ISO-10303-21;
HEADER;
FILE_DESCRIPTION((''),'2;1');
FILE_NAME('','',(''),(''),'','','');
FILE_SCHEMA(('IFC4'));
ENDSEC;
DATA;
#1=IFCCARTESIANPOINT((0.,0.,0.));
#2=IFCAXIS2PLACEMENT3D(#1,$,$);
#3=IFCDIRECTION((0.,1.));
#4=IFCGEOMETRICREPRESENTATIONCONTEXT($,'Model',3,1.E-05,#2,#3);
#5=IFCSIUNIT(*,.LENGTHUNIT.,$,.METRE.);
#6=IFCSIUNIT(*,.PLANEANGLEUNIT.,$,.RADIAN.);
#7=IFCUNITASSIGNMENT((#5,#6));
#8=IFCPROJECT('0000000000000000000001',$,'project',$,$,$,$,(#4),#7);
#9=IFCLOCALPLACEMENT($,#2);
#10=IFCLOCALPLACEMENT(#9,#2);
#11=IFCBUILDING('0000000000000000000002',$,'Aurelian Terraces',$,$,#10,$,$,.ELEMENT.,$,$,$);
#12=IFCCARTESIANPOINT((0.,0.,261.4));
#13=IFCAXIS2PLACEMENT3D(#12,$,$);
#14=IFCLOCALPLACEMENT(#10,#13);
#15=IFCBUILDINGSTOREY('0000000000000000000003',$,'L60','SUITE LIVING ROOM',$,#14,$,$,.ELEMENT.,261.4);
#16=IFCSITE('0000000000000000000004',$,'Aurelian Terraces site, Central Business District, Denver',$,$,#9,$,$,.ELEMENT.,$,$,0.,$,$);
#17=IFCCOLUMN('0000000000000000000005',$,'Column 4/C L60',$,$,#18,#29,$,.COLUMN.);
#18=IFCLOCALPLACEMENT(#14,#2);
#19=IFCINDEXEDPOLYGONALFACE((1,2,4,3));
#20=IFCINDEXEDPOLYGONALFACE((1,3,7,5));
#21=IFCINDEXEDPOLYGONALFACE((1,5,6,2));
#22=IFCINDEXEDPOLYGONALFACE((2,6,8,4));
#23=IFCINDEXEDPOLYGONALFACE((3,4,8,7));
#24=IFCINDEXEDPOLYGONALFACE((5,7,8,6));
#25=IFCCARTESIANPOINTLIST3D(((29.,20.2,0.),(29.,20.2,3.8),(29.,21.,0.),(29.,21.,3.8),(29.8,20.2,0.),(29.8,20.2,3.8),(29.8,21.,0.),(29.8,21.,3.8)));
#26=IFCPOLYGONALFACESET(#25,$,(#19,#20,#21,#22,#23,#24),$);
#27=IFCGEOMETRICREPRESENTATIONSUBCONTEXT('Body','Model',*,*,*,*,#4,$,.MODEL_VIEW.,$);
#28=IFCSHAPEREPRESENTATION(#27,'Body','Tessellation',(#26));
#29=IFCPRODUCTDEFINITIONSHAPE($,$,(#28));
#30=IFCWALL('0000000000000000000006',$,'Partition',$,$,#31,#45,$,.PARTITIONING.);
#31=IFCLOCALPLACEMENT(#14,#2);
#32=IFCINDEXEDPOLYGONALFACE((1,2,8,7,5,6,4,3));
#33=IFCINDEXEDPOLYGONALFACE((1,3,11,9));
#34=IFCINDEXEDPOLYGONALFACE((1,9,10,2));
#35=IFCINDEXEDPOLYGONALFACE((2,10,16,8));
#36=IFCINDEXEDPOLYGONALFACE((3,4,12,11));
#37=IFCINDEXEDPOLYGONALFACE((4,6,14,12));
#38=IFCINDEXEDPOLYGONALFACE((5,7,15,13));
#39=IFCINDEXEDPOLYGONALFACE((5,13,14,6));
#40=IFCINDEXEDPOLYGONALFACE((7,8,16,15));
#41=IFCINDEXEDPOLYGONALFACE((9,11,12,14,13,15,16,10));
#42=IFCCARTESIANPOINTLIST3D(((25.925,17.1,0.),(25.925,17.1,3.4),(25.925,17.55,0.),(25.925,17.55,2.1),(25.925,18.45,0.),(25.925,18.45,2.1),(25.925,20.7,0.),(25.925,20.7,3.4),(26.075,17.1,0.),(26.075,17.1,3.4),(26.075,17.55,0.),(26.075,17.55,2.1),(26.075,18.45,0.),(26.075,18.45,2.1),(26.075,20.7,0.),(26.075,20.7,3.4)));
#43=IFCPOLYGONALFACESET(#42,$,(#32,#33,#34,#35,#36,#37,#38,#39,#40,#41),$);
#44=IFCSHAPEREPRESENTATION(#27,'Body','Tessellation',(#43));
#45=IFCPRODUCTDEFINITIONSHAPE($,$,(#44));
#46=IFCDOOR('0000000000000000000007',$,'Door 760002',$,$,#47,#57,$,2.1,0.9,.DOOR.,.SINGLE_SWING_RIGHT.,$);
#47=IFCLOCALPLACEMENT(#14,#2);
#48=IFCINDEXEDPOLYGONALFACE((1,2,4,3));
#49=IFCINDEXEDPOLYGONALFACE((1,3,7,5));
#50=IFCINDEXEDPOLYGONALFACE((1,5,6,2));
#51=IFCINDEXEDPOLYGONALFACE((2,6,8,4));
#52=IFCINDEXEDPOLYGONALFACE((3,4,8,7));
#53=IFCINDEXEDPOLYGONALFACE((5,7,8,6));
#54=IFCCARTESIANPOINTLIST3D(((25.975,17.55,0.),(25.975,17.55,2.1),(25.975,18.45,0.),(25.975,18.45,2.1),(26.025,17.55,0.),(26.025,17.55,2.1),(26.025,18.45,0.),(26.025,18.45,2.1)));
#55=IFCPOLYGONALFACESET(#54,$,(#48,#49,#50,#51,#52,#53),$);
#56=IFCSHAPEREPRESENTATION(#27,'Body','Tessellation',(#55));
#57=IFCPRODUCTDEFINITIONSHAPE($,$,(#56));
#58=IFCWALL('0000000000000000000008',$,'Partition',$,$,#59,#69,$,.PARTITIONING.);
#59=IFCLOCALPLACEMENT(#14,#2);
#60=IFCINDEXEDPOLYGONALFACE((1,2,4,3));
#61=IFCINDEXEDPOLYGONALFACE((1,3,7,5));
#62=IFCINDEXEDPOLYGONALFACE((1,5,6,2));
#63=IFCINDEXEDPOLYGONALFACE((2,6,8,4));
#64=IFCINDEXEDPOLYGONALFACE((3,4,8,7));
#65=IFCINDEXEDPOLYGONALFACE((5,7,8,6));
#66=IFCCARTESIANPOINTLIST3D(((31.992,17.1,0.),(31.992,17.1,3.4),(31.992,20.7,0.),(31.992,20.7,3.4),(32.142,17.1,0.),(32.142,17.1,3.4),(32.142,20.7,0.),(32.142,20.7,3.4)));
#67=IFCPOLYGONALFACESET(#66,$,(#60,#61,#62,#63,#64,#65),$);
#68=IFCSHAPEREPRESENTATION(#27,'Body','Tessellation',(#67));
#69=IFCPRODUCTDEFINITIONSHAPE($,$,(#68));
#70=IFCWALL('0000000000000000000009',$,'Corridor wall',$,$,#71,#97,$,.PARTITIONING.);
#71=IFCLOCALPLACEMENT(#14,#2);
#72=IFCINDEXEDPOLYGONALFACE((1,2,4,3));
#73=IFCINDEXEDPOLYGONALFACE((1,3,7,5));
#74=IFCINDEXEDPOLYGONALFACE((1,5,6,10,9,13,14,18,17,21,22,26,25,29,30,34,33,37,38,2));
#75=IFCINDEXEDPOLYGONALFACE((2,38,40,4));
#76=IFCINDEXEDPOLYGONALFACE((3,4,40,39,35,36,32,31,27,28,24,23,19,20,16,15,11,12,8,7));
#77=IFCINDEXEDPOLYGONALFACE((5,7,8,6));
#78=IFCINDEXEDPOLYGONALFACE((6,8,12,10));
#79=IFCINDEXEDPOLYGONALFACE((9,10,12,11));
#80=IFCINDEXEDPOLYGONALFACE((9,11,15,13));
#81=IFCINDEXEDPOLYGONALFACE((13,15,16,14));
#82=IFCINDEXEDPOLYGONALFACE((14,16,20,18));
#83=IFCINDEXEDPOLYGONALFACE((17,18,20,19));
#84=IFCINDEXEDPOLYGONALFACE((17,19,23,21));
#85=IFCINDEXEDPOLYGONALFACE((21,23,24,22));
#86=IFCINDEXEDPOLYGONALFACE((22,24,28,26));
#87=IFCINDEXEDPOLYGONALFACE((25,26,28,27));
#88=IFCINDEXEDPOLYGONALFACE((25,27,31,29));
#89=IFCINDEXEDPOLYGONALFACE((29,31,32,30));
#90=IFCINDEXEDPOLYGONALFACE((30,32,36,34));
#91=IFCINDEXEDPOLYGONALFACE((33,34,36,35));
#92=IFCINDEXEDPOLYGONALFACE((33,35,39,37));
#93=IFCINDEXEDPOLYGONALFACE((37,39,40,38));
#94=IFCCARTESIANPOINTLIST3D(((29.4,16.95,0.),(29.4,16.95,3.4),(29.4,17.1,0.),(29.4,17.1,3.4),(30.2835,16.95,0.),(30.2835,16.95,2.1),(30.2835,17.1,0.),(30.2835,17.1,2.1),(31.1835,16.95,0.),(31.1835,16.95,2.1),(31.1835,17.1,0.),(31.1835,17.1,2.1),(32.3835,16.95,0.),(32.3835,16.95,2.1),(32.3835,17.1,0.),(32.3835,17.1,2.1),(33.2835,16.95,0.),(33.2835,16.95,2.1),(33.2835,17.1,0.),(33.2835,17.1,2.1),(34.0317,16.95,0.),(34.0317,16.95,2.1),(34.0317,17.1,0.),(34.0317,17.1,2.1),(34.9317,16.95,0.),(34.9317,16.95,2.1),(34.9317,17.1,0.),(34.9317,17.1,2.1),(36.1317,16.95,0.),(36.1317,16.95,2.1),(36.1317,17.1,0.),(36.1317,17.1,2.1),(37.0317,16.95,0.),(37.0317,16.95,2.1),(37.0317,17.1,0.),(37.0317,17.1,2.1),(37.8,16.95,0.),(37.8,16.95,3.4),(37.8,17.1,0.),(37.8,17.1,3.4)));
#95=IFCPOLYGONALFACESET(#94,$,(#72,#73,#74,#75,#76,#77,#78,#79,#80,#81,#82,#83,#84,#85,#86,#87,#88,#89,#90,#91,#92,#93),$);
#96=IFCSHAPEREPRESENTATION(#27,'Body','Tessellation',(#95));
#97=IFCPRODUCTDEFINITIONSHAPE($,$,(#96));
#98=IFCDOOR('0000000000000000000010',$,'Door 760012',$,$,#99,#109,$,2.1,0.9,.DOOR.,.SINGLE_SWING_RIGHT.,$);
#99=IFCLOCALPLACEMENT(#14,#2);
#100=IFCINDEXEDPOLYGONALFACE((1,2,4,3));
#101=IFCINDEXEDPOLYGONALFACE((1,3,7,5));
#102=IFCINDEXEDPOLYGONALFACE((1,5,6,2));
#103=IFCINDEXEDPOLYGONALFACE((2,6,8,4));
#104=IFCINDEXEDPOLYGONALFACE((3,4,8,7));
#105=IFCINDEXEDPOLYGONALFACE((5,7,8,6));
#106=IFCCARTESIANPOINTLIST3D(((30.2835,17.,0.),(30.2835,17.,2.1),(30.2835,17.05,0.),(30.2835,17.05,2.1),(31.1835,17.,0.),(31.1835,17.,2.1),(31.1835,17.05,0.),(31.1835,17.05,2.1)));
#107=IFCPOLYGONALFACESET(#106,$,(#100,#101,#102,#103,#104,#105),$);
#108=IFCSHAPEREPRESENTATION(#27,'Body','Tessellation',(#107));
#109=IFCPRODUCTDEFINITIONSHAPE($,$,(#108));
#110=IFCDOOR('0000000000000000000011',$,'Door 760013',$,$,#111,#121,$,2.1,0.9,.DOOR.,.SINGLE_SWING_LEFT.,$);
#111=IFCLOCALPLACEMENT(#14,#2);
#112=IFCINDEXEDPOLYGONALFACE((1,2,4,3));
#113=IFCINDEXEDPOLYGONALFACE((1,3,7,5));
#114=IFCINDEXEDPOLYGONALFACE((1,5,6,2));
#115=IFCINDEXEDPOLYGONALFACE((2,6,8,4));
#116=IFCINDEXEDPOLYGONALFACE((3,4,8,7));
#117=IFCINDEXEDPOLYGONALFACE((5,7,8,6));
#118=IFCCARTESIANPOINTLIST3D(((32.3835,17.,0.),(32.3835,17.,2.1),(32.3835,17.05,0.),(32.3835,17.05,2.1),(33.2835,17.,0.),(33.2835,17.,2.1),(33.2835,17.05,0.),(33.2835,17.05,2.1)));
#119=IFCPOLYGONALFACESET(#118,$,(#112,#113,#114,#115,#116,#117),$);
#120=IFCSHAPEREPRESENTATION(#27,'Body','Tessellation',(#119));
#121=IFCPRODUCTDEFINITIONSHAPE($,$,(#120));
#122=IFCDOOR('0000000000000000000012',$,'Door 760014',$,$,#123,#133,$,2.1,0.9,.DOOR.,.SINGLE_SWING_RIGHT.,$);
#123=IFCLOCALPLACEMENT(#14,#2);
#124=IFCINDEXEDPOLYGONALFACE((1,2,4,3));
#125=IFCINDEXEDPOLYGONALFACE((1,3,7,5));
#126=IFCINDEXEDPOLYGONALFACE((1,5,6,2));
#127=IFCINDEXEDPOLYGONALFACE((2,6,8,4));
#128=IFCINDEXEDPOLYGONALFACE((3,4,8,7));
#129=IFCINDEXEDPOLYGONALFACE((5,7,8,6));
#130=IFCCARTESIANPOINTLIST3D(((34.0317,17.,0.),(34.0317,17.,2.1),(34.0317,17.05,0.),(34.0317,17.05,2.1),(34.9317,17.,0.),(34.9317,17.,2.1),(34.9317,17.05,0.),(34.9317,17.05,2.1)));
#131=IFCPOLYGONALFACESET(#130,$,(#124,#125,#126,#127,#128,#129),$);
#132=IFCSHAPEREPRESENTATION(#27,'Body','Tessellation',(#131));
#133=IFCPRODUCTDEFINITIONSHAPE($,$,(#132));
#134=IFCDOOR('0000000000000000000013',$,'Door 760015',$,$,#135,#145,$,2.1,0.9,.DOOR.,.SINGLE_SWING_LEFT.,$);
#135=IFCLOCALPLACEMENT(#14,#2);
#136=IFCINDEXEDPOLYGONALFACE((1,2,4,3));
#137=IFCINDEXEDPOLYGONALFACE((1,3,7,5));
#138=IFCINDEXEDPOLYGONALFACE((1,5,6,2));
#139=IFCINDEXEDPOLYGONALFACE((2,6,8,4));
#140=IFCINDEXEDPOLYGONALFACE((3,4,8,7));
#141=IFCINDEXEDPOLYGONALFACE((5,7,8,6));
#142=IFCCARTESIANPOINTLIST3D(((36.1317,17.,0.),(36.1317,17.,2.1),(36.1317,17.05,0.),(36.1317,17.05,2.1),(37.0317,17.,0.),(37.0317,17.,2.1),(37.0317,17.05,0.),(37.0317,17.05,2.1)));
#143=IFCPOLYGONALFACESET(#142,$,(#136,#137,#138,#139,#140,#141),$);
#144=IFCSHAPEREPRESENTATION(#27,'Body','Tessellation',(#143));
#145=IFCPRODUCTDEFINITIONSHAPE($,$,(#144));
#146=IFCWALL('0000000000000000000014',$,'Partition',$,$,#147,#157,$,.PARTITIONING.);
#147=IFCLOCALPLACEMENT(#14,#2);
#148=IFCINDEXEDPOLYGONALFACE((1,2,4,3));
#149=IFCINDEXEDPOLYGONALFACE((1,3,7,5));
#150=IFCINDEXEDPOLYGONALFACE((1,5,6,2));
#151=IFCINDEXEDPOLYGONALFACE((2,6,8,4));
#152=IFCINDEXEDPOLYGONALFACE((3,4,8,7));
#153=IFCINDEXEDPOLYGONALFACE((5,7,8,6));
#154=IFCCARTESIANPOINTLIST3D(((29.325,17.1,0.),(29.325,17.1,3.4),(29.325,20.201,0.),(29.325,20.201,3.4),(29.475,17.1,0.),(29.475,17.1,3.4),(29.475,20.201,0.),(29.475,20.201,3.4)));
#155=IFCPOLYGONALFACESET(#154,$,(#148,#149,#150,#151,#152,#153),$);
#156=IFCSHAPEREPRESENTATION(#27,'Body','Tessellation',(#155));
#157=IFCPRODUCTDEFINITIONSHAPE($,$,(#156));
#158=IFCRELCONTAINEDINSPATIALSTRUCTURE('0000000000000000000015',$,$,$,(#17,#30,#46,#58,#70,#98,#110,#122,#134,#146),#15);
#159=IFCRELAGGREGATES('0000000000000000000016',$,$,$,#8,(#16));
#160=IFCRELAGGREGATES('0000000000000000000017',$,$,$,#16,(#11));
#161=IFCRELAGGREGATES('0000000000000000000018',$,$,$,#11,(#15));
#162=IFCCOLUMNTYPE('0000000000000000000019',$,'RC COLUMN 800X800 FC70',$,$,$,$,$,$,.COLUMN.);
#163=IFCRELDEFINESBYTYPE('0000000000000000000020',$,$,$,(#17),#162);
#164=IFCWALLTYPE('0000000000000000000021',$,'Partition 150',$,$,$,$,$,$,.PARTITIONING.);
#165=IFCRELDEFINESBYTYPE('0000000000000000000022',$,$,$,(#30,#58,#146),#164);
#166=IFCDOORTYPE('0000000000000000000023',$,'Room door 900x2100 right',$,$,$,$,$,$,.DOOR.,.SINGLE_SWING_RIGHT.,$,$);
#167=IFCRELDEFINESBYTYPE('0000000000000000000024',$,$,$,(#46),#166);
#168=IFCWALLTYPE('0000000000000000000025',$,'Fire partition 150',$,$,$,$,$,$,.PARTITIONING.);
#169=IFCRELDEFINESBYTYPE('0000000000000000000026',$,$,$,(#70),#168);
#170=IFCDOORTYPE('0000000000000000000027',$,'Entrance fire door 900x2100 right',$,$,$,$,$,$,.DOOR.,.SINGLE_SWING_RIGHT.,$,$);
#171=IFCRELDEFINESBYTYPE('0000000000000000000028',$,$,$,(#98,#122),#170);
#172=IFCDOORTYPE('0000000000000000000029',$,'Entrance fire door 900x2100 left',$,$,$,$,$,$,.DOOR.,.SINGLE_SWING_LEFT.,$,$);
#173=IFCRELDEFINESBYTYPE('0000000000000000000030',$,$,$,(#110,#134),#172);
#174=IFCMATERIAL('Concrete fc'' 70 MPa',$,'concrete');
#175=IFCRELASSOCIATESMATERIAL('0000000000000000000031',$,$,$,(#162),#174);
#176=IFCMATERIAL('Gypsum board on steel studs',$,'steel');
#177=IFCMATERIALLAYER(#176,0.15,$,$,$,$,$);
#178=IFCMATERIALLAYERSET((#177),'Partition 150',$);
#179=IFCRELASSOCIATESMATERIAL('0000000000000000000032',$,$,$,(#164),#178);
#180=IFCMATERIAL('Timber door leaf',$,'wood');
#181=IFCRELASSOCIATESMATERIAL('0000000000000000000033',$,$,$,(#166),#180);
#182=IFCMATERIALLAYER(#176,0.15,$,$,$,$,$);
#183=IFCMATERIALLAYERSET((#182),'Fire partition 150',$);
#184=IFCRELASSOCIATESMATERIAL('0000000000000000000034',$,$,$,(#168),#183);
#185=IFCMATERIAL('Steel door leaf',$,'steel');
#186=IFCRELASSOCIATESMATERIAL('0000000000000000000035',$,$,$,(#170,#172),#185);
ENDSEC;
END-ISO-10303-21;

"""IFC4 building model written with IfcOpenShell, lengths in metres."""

from ifc_helpers import new_model, si_unit, direction, frame, frame_2d, origin, origin_2d, place, context, subcontext, project, spatial, rectangle, extrude, source, transform, mapped, material, layer, layer_set, material_profile, profile_set, type_object, element, fill, save


model = new_model("IFC4")

# Units and contexts
model_context = context("Model", 3, precision=1e-05, world=origin(), true_north=direction((0.0, 1.0)))
body_context = subcontext(model_context, "Body", "Model", "MODEL_VIEW")
ifc_project = project(units=[si_unit("LENGTHUNIT", "METRE"), si_unit("PLANEANGLEUNIT", "RADIAN")], contexts=[model_context])

# Site, building, storey
site_placement = place(None, origin())
site = spatial("IfcSite", under=ifc_project, at=site_placement, Name="Aurelian Terraces site, Central Business District, Denver", CompositionType="ELEMENT", RefElevation=0.0)
building_placement = place(site_placement, origin())
building = spatial("IfcBuilding", under=site, at=building_placement, Name="Aurelian Terraces", CompositionType="ELEMENT")
storey_placement = place(building_placement, frame((0.0, 0.0, 261.4)))
storey = spatial("IfcBuildingStorey", under=building, at=storey_placement, Name="L60", Description="SUITE LIVING ROOM", CompositionType="ELEMENT", Elevation=261.4)

# Column
ifc_material_1 = material(Name="Concrete fc' 70 MPa", Category="concrete")
ifc_material_profile = material_profile(ifc_material_1, rectangle(XDim=0.8, YDim=0.8, at=origin_2d()))
ifc_profile_set = profile_set([ifc_material_profile], Name="Concrete fc' 70 MPa")
column_type = type_object("IfcColumnType", Name="RC COLUMN 800X800 FC70", PredefinedType="COLUMN", material=ifc_profile_set)
shared_shape_1 = source(origin(), body_context, "Body", "SweptSolid", [
    extrude(rectangle(XDim=0.8, YDim=0.8, at=origin_2d()), origin(), (0.0, 0.0, 1.0), 3.8),
])
column_placement = place(storey_placement, frame((29.4, 20.6, 0.0), z_axis=(0.0, 0.0, 1.0), x_axis=(1.0, 0.0, 0.0)))
element("IfcColumn", 1, at=column_placement, inside=storey, type_object=column_type, Name="Column 4/C L60", PredefinedType="COLUMN", context=body_context, shape_type="MappedRepresentation", body=[
    mapped(shared_shape_1, transform((0.0, 0.0, 0.0), scale=1.0)),
])

# Wall, opening, door
ifc_material_2 = material(Name="Gypsum board on steel studs", Category="steel")
ifc_layer_1 = layer(ifc_material_2, 0.15)
ifc_layer_set_1 = layer_set([ifc_layer_1], Name="Partition 150")
wall_type_1 = type_object("IfcWallType", Name="Partition 150", PredefinedType="PARTITIONING", material=ifc_layer_set_1)
shared_shape_2 = source(origin(), body_context, "Body", "SweptSolid", [
    extrude(rectangle(XDim=3.6, YDim=0.15, at=frame_2d((1.8, 0.0))), origin(), (0.0, 0.0, 1.0), 3.4),
])
wall_1_placement = place(storey_placement, frame((26.0, 20.7, 0.0), z_axis=(0.0, 0.0, 1.0), x_axis=(0.0, -1.0, 0.0)))
wall_1 = element("IfcWall", 2, at=wall_1_placement, inside=storey, type_object=wall_type_1, Name="Partition", PredefinedType="PARTITIONING", context=body_context, shape_type="MappedRepresentation", body=[
    mapped(shared_shape_2, transform((0.0, 0.0, 0.0), scale=1.0)),
])
shared_shape_3 = source(origin(), body_context, "Body", "SweptSolid", [
    extrude(rectangle(XDim=0.9, YDim=2.1, at=frame_2d((0.45, 1.05))), frame((0.0, 0.085, 0.0), z_axis=(0.0, -1.0, 0.0), x_axis=(1.0, 0.0, 0.0)), (0.0, 0.0, 1.0), 0.17),
])
opening_1_placement = place(wall_1_placement, frame((2.25, 0.0, 0.0)))
opening_1 = element("IfcOpeningElement", 3, at=opening_1_placement, cuts=wall_1, PredefinedType="OPENING", context=body_context, shape_type="MappedRepresentation", body=[
    mapped(shared_shape_3, transform((0.0, 0.0, 0.0), scale=1.0)),
])
ifc_material_3 = material(Name="Timber door leaf", Category="wood")
door_type_1 = type_object("IfcDoorType", Name="Room door 900x2100 right", OperationType="SINGLE_SWING_RIGHT", PredefinedType="DOOR", material=ifc_material_3)
shared_shape_4 = source(origin(), body_context, "Body", "SweptSolid", [
    extrude(rectangle(XDim=0.9, YDim=2.1, at=frame_2d((0.45, 1.05))), frame((0.0, 0.025, 0.0), z_axis=(0.0, -1.0, 0.0), x_axis=(1.0, 0.0, 0.0)), (0.0, 0.0, 1.0), 0.05),
])
door_1_placement = place(opening_1_placement, origin())
door_1 = element("IfcDoor", 4, at=door_1_placement, inside=storey, type_object=door_type_1, Name="Door 760002", OperationType="SINGLE_SWING_RIGHT", OverallHeight=2.1, OverallWidth=0.9, PredefinedType="DOOR", context=body_context, shape_type="MappedRepresentation", body=[
    mapped(shared_shape_4, transform((0.0, 0.0, 0.0), scale=1.0)),
])
fill(opening_1, door_1)

# Wall
wall_2_placement = place(storey_placement, frame((32.067, 20.7, 0.0), z_axis=(0.0, 0.0, 1.0), x_axis=(0.0, -1.0, 0.0)))
element("IfcWall", 5, at=wall_2_placement, inside=storey, type_object=wall_type_1, Name="Partition", PredefinedType="PARTITIONING", context=body_context, shape_type="MappedRepresentation", body=[
    mapped(shared_shape_2, transform((0.0, 0.0, 0.0), scale=1.0)),
])

# Wall, openings, doors
ifc_layer_2 = layer(ifc_material_2, 0.15)
ifc_layer_set_2 = layer_set([ifc_layer_2], Name="Fire partition 150")
wall_type_2 = type_object("IfcWallType", Name="Fire partition 150", PredefinedType="PARTITIONING", material=ifc_layer_set_2)
shared_shape_5 = source(origin(), body_context, "Body", "SweptSolid", [
    extrude(rectangle(XDim=8.4, YDim=0.15, at=frame_2d((4.2, 0.0))), origin(), (0.0, 0.0, 1.0), 3.4),
])
wall_3_placement = place(storey_placement, frame((29.4, 17.025, 0.0), z_axis=(0.0, 0.0, 1.0), x_axis=(1.0, 0.0, 0.0)))
wall_3 = element("IfcWall", 6, at=wall_3_placement, inside=storey, type_object=wall_type_2, Name="Corridor wall", PredefinedType="PARTITIONING", context=body_context, shape_type="MappedRepresentation", body=[
    mapped(shared_shape_5, transform((0.0, 0.0, 0.0), scale=1.0)),
])
opening_2_placement = place(wall_3_placement, frame((0.8835, 0.0, 0.0)))
opening_2 = element("IfcOpeningElement", 7, at=opening_2_placement, cuts=wall_3, PredefinedType="OPENING", context=body_context, shape_type="MappedRepresentation", body=[
    mapped(shared_shape_3, transform((0.0, 0.0, 0.0), scale=1.0)),
])
opening_3_placement = place(wall_3_placement, frame((2.9835, 0.0, 0.0)))
opening_3 = element("IfcOpeningElement", 8, at=opening_3_placement, cuts=wall_3, PredefinedType="OPENING", context=body_context, shape_type="MappedRepresentation", body=[
    mapped(shared_shape_3, transform((0.0, 0.0, 0.0), scale=1.0)),
])
opening_4_placement = place(wall_3_placement, frame((4.6317, 0.0, 0.0)))
opening_4 = element("IfcOpeningElement", 9, at=opening_4_placement, cuts=wall_3, PredefinedType="OPENING", context=body_context, shape_type="MappedRepresentation", body=[
    mapped(shared_shape_3, transform((0.0, 0.0, 0.0), scale=1.0)),
])
opening_5_placement = place(wall_3_placement, frame((6.7317, 0.0, 0.0)))
opening_5 = element("IfcOpeningElement", 10, at=opening_5_placement, cuts=wall_3, PredefinedType="OPENING", context=body_context, shape_type="MappedRepresentation", body=[
    mapped(shared_shape_3, transform((0.0, 0.0, 0.0), scale=1.0)),
])
ifc_material_4 = material(Name="Steel door leaf", Category="steel")
door_type_2 = type_object("IfcDoorType", Name="Entrance fire door 900x2100 right", OperationType="SINGLE_SWING_RIGHT", PredefinedType="DOOR", material=ifc_material_4)
door_2_placement = place(opening_2_placement, origin())
door_2 = element("IfcDoor", 11, at=door_2_placement, inside=storey, type_object=door_type_2, Name="Door 760012", OperationType="SINGLE_SWING_RIGHT", OverallHeight=2.1, OverallWidth=0.9, PredefinedType="DOOR", context=body_context, shape_type="MappedRepresentation", body=[
    mapped(shared_shape_4, transform((0.0, 0.0, 0.0), scale=1.0)),
])
fill(opening_2, door_2)
door_type_3 = type_object("IfcDoorType", Name="Entrance fire door 900x2100 left", OperationType="SINGLE_SWING_LEFT", PredefinedType="DOOR", material=ifc_material_4)
door_3_placement = place(opening_3_placement, origin())
door_3 = element("IfcDoor", 12, at=door_3_placement, inside=storey, type_object=door_type_3, Name="Door 760013", OperationType="SINGLE_SWING_LEFT", OverallHeight=2.1, OverallWidth=0.9, PredefinedType="DOOR", context=body_context, shape_type="MappedRepresentation", body=[
    mapped(shared_shape_4, transform((0.0, 0.0, 0.0), scale=1.0)),
])
fill(opening_3, door_3)
door_4_placement = place(opening_4_placement, origin())
door_4 = element("IfcDoor", 13, at=door_4_placement, inside=storey, type_object=door_type_2, Name="Door 760014", OperationType="SINGLE_SWING_RIGHT", OverallHeight=2.1, OverallWidth=0.9, PredefinedType="DOOR", context=body_context, shape_type="MappedRepresentation", body=[
    mapped(shared_shape_4, transform((0.0, 0.0, 0.0), scale=1.0)),
])
fill(opening_4, door_4)
door_5_placement = place(opening_5_placement, origin())
door_5 = element("IfcDoor", 14, at=door_5_placement, inside=storey, type_object=door_type_3, Name="Door 760015", OperationType="SINGLE_SWING_LEFT", OverallHeight=2.1, OverallWidth=0.9, PredefinedType="DOOR", context=body_context, shape_type="MappedRepresentation", body=[
    mapped(shared_shape_4, transform((0.0, 0.0, 0.0), scale=1.0)),
])
fill(opening_5, door_5)

# Wall
shared_shape_6 = source(origin(), body_context, "Body", "SweptSolid", [
    extrude(rectangle(XDim=3.101, YDim=0.15, at=frame_2d((1.5505, 0.0))), origin(), (0.0, 0.0, 1.0), 3.4),
])
wall_4_placement = place(storey_placement, frame((29.4, 17.1, 0.0), z_axis=(0.0, 0.0, 1.0), x_axis=(0.0, 1.0, 0.0)))
element("IfcWall", 15, at=wall_4_placement, inside=storey, type_object=wall_type_1, Name="Partition", PredefinedType="PARTITIONING", context=body_context, shape_type="MappedRepresentation", body=[
    mapped(shared_shape_6, transform((0.0, 0.0, 0.0), scale=1.0)),
])

save(model, "model.ifc")
